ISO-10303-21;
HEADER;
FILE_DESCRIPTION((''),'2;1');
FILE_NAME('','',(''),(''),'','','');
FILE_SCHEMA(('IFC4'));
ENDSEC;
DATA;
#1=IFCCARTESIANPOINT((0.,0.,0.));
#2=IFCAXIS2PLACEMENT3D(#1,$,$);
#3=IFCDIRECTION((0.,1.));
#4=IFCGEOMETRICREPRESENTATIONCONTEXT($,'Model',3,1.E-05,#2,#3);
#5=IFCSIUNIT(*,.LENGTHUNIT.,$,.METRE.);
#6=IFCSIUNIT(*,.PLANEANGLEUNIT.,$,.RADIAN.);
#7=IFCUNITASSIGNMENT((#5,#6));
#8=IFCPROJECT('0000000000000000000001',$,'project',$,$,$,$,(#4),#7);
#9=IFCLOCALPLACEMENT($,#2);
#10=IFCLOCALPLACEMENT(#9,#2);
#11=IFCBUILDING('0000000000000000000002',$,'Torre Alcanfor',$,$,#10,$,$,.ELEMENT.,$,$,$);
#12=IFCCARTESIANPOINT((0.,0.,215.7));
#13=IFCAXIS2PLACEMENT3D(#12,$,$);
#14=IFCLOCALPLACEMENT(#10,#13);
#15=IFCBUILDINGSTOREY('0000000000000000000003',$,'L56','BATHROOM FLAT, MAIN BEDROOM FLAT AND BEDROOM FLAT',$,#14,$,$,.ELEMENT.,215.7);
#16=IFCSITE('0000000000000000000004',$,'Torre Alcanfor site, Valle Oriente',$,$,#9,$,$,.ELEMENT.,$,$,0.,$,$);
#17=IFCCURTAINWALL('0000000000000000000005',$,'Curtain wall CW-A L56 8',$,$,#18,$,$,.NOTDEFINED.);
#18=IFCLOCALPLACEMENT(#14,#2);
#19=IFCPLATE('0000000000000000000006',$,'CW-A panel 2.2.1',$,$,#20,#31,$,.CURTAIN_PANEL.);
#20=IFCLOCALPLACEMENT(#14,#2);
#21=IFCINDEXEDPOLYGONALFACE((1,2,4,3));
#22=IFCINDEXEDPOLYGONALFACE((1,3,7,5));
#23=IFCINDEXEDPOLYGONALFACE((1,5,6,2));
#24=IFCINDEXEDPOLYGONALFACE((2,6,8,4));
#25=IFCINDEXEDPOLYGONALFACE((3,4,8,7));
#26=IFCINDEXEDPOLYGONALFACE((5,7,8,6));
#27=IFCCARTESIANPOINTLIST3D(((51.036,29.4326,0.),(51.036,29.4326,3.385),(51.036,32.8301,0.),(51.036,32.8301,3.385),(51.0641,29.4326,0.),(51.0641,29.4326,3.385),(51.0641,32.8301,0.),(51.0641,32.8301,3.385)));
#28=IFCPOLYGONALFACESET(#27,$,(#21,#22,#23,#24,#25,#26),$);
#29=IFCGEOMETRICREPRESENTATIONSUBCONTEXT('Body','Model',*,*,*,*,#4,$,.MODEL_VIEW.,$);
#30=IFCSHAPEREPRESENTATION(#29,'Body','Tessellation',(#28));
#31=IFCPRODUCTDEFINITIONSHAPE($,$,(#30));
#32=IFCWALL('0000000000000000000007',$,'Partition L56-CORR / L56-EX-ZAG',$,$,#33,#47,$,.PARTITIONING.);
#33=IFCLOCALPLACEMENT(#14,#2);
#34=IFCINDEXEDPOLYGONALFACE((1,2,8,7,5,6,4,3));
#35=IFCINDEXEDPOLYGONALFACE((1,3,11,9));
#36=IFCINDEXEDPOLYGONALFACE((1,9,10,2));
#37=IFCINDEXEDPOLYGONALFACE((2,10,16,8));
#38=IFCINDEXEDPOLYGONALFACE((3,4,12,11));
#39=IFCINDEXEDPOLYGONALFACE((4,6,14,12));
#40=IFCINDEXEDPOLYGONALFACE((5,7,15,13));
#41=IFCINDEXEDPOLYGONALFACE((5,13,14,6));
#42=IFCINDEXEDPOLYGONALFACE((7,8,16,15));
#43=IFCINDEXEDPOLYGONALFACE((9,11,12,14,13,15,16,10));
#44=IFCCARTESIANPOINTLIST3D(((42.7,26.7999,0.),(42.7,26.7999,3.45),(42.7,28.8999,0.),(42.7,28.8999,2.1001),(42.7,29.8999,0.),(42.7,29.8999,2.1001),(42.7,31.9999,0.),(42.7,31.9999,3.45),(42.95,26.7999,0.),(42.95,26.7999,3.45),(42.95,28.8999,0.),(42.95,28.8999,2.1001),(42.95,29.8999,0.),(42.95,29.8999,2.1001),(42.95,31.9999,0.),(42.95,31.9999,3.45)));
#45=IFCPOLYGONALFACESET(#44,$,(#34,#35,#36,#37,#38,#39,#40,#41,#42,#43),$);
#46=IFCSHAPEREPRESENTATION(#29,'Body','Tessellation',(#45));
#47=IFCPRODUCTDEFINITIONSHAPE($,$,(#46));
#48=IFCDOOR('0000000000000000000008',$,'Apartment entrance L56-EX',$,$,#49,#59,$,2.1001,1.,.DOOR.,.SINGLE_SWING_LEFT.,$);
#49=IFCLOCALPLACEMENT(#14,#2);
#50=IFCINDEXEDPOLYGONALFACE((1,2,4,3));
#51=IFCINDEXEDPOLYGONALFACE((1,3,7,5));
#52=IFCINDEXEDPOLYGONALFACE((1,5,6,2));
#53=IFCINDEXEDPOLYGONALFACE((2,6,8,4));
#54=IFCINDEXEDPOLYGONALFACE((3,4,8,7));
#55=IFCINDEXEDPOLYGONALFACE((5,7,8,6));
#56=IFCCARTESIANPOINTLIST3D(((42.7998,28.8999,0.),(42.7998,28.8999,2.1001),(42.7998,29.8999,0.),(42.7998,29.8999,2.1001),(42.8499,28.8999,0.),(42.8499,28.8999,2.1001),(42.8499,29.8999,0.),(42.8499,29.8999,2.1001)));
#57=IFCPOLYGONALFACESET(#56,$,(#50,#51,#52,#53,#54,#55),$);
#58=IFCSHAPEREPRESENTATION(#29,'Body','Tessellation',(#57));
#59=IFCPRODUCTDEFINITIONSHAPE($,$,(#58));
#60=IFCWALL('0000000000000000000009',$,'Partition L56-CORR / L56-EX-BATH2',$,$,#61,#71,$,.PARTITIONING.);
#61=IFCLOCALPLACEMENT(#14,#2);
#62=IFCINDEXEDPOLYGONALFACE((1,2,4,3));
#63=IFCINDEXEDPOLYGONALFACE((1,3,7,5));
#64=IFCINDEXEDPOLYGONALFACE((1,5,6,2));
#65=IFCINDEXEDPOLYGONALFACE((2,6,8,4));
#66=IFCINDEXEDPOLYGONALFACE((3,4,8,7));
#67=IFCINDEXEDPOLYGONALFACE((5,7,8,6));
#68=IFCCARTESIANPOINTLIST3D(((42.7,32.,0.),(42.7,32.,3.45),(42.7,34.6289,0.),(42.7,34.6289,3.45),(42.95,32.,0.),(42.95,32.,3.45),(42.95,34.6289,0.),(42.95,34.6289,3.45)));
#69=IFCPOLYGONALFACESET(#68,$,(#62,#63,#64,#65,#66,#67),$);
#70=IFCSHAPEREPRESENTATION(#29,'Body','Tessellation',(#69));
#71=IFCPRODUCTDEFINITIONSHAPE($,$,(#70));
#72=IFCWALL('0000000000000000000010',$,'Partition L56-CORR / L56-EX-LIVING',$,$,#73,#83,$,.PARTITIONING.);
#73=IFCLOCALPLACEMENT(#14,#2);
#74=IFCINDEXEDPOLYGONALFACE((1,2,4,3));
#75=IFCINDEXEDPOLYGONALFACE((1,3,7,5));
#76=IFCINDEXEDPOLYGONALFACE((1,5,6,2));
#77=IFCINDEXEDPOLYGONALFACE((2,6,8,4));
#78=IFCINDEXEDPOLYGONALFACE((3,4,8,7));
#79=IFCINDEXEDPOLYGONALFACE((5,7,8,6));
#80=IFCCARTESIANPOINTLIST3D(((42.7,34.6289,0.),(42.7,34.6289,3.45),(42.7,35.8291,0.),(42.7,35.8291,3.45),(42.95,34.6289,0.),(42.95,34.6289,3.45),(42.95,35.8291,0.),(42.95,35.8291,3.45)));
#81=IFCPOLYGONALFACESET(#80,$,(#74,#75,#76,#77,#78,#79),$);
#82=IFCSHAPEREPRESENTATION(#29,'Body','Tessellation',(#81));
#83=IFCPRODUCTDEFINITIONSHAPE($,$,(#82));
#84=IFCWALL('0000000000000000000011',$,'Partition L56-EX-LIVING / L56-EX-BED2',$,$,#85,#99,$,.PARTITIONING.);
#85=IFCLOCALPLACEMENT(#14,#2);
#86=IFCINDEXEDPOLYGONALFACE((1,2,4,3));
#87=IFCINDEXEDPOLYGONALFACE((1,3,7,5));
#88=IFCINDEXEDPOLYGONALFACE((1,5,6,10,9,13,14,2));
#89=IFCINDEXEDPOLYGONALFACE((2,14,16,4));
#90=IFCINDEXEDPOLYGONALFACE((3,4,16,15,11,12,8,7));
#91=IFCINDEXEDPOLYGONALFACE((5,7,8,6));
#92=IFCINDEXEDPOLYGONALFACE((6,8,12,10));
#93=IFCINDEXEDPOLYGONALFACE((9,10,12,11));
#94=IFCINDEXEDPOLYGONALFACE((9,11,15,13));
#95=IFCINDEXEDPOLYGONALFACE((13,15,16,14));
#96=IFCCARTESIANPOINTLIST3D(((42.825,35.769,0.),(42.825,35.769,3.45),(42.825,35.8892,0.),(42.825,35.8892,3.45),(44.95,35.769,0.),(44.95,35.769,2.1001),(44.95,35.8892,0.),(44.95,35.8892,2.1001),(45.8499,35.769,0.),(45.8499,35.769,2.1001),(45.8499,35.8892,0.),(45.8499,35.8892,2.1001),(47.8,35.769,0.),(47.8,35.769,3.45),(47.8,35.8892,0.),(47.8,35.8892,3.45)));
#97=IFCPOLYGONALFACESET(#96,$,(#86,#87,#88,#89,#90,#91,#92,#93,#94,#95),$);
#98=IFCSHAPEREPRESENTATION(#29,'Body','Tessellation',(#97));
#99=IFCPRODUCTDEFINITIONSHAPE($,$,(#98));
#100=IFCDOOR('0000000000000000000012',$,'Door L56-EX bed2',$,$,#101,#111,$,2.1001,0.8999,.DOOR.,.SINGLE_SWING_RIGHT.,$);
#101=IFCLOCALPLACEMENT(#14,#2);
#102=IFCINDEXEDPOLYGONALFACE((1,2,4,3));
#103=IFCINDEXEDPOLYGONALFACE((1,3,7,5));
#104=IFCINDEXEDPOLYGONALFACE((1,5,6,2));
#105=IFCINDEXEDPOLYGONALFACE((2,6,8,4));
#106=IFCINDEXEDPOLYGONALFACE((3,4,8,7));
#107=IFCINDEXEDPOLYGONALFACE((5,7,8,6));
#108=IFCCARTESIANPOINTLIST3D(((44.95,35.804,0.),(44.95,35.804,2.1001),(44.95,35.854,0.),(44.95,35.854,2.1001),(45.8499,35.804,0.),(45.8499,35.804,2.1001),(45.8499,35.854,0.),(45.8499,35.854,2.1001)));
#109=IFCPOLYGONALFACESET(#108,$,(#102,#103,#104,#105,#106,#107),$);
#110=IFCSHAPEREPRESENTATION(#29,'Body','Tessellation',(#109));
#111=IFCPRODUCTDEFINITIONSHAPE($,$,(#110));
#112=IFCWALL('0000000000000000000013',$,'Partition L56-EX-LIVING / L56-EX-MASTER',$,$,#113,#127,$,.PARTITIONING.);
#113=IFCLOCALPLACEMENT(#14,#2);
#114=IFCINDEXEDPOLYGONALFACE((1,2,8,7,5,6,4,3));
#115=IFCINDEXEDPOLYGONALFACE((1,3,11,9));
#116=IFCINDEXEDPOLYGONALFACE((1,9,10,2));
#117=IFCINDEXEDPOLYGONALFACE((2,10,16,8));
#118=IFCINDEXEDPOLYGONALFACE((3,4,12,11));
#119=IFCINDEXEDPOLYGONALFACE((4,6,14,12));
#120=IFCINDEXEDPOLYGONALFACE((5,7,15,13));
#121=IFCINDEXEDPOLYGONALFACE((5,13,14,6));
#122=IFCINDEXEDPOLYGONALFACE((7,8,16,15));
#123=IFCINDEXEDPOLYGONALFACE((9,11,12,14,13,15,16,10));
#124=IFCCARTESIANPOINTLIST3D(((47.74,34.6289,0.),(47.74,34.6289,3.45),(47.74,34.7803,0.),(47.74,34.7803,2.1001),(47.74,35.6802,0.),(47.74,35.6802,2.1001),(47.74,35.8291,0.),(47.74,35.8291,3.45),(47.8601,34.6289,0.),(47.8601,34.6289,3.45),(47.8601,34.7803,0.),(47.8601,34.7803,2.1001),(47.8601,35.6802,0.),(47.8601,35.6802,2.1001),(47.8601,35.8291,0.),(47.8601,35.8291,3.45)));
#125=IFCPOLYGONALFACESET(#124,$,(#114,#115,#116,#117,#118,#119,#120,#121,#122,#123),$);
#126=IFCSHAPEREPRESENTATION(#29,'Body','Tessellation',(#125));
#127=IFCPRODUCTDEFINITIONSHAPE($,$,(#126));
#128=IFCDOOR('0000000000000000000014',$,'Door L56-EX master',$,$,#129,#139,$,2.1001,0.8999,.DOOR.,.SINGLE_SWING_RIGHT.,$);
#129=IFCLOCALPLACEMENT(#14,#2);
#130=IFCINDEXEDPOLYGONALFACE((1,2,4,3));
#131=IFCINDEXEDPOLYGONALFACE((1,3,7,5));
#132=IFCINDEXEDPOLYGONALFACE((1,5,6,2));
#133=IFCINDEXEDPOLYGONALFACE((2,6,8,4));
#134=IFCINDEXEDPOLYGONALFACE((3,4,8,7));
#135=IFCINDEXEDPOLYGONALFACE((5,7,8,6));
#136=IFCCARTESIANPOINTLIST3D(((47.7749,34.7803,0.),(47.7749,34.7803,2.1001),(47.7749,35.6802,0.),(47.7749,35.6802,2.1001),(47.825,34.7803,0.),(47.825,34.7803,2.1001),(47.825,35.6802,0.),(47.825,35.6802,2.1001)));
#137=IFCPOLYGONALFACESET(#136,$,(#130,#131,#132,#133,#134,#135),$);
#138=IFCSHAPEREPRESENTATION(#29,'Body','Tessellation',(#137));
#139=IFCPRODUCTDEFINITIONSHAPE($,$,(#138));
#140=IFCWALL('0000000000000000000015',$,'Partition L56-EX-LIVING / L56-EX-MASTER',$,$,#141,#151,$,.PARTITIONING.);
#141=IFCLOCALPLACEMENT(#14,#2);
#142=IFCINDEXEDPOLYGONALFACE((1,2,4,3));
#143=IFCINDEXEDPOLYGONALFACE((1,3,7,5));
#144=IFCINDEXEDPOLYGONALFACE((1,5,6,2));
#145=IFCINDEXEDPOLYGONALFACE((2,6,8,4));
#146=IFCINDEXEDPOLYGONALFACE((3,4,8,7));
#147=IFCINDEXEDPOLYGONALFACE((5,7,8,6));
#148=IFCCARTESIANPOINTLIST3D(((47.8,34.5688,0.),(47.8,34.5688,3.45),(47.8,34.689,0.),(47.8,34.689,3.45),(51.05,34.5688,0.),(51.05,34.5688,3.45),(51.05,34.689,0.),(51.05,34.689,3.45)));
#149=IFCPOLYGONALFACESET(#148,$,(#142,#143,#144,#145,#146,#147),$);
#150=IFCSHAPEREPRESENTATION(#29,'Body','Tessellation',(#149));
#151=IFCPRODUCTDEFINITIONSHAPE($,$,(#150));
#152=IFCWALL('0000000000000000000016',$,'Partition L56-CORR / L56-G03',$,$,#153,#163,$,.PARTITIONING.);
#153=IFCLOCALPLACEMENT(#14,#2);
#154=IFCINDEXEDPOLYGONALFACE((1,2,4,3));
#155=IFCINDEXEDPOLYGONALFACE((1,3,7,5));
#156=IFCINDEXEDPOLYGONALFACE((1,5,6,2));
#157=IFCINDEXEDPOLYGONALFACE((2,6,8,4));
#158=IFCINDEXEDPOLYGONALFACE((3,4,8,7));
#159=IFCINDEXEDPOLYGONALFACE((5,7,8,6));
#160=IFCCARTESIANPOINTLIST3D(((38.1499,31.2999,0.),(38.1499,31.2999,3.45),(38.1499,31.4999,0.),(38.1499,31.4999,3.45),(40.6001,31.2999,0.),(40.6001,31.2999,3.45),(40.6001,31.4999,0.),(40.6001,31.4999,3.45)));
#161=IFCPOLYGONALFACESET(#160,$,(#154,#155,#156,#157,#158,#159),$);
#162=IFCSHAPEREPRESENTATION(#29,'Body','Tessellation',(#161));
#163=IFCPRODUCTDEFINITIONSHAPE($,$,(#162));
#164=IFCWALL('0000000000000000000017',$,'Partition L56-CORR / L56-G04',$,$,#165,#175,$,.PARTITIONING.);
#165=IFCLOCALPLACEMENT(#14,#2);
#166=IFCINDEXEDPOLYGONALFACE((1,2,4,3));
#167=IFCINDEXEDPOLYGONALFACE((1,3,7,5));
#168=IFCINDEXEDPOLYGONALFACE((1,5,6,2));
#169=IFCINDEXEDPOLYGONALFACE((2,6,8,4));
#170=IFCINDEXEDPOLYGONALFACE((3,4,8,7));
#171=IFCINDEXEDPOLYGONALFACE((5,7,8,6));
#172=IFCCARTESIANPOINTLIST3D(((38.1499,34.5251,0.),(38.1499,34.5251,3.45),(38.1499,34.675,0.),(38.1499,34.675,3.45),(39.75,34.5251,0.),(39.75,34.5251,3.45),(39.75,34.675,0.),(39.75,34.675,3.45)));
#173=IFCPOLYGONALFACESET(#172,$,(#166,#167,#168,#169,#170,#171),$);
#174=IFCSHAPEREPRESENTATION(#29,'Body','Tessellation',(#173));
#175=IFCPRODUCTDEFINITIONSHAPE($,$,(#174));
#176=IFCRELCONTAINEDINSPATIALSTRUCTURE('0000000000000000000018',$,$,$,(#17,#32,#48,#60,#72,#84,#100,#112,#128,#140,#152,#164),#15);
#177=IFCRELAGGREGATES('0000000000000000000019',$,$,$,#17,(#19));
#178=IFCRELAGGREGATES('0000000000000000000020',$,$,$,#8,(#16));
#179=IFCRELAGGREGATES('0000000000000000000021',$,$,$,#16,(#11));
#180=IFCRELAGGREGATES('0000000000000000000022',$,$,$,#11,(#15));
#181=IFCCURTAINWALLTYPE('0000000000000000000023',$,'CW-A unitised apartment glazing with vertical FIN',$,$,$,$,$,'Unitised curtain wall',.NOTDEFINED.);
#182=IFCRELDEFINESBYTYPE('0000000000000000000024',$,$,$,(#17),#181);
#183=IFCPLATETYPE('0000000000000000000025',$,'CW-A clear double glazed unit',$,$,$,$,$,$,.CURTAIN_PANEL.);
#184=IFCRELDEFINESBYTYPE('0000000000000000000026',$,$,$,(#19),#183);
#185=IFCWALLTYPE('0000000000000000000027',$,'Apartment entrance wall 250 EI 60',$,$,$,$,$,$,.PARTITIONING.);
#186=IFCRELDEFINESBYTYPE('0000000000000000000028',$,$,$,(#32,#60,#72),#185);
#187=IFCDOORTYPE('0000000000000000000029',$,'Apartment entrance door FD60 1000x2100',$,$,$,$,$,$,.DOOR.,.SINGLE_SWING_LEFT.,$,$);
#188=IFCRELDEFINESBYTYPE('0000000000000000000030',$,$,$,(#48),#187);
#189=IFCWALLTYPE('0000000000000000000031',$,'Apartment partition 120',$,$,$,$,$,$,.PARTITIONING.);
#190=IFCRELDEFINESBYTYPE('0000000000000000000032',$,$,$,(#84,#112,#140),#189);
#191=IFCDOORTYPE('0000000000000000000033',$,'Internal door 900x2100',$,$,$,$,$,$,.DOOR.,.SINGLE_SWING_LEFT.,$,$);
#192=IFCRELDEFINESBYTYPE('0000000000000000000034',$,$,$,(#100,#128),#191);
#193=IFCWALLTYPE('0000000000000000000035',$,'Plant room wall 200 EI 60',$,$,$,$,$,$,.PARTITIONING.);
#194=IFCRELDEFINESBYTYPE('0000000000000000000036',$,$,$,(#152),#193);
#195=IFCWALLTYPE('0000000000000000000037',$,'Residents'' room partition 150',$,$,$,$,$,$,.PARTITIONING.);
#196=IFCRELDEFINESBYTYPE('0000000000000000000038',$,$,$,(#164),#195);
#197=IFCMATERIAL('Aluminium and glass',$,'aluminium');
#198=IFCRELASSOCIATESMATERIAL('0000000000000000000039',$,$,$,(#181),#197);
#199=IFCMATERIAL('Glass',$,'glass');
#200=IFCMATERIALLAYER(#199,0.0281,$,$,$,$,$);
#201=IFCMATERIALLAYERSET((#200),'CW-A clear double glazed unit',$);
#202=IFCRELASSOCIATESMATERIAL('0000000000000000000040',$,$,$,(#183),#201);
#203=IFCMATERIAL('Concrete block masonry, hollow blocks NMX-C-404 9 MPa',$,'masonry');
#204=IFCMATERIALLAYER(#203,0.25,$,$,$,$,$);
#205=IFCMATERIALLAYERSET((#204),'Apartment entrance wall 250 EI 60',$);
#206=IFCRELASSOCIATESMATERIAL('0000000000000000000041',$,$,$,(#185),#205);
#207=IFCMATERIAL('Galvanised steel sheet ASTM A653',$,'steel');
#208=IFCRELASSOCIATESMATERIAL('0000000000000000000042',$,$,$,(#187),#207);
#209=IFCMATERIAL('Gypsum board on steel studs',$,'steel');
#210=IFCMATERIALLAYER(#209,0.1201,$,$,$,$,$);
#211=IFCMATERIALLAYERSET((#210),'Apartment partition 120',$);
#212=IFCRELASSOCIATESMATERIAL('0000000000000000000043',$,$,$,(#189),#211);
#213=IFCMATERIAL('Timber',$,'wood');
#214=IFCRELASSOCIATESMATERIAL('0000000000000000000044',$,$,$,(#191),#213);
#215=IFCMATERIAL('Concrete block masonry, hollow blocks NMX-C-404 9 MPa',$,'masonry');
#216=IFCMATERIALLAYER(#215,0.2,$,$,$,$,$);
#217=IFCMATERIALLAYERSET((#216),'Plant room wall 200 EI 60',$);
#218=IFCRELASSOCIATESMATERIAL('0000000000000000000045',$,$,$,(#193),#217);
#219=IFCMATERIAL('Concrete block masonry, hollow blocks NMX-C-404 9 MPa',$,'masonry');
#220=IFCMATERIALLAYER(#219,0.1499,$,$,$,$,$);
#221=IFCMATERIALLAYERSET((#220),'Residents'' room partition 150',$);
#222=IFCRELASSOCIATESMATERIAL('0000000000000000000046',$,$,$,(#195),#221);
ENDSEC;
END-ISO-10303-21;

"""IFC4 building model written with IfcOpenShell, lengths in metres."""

from ifc_helpers import new_model, si_unit, direction, frame, frame_2d, origin, origin_2d, place, context, subcontext, project, spatial, rectangle, extrude, material, layer, layer_set, type_object, element, fill, aggregate, save


model = new_model("IFC4")

# Units and contexts
model_context = context("Model", 3, precision=1e-05, world=origin(), true_north=direction((0.0, 1.0)))
body_context = subcontext(model_context, "Body", "Model", "MODEL_VIEW")
ifc_project = project(units=[si_unit("LENGTHUNIT", "METRE"), si_unit("PLANEANGLEUNIT", "RADIAN")], contexts=[model_context])

# Site, building, storey
site_placement = place(None, origin())
site = spatial("IfcSite", under=ifc_project, at=site_placement, Name="Torre Alcanfor site, Valle Oriente", CompositionType="ELEMENT", RefElevation=0.0)
building_placement = place(site_placement, origin())
building = spatial("IfcBuilding", under=site, at=building_placement, Name="Torre Alcanfor", CompositionType="ELEMENT")
storey_placement = place(building_placement, frame((0.0, 0.0, 215.7)))
storey = spatial("IfcBuildingStorey", under=building, at=storey_placement, Name="L56", Description="BATHROOM FLAT, MAIN BEDROOM FLAT AND BEDROOM FLAT", CompositionType="ELEMENT", Elevation=215.7)

# Curtain wall
ifc_material_1 = material(Name="Aluminium and glass", Category="aluminium")
curtain_wall_type = type_object("IfcCurtainWallType", Name="CW-A unitised apartment glazing with vertical FIN", ElementType="Unitised curtain wall", PredefinedType="NOTDEFINED", material=ifc_material_1)
curtain_wall_placement = place(storey_placement, origin())
curtain_wall = element("IfcCurtainWall", 1, at=curtain_wall_placement, inside=storey, type_object=curtain_wall_type, Name="Curtain wall CW-A L56 8", PredefinedType="NOTDEFINED")

# Plate
ifc_material_2 = material(Name="Glass", Category="glass")
ifc_layer_1 = layer(ifc_material_2, 0.0281)
ifc_layer_set_1 = layer_set([ifc_layer_1], Name="CW-A clear double glazed unit")
plate_type = type_object("IfcPlateType", Name="CW-A clear double glazed unit", PredefinedType="CURTAIN_PANEL", material=ifc_layer_set_1)
plate_placement = place(storey_placement, frame((51.05, 31.1313, 0.0), z_axis=(0.0, 0.0, 1.0), x_axis=(0.0, 1.0, 0.0)))
plate = element("IfcPlate", 2, at=plate_placement, type_object=plate_type, Name="CW-A panel 2.2.1", PredefinedType="CURTAIN_PANEL", context=body_context, shape_type="SweptSolid", body=[
    extrude(rectangle(XDim=3.3975, YDim=0.0281, at=origin_2d()), origin(), (0.0, 0.0, 1.0), 3.385),
])
aggregate(curtain_wall, [plate])

# Wall, opening, door
ifc_material_3 = material(Name="Concrete block masonry, hollow blocks NMX-C-404 9 MPa", Category="masonry")
ifc_layer_2 = layer(ifc_material_3, 0.25)
ifc_layer_set_2 = layer_set([ifc_layer_2], Name="Apartment entrance wall 250 EI 60")
wall_type_1 = type_object("IfcWallType", Name="Apartment entrance wall 250 EI 60", PredefinedType="PARTITIONING", material=ifc_layer_set_2)
wall_1_placement = place(storey_placement, frame((42.825, 32.0, 0.0), z_axis=(0.0, 0.0, 1.0), x_axis=(0.0, -1.0, 0.0)))
wall_1 = element("IfcWall", 3, at=wall_1_placement, inside=storey, type_object=wall_type_1, Name="Partition L56-CORR / L56-EX-ZAG", PredefinedType="PARTITIONING", context=body_context, shape_type="SweptSolid", body=[
    extrude(rectangle(XDim=5.2, YDim=0.25, at=frame_2d((2.6001, 0.0))), origin(), (0.0, 0.0, 1.0), 3.45),
])
opening_1_placement = place(wall_1_placement, frame((2.1001, 0.0, 0.0)))
opening_1 = element("IfcOpeningElement", 4, at=opening_1_placement, cuts=wall_1, PredefinedType="OPENING", context=body_context, shape_type="SweptSolid", body=[
    extrude(rectangle(XDim=1.0, YDim=2.1001, at=frame_2d((0.5, 1.05))), frame((0.0, 0.135, 0.0), z_axis=(0.0, -1.0, 0.0), x_axis=(1.0, 0.0, 0.0)), (0.0, 0.0, 1.0), 0.27),
])
ifc_material_4 = material(Name="Galvanised steel sheet ASTM A653", Category="steel")
door_type_1 = type_object("IfcDoorType", Name="Apartment entrance door FD60 1000x2100", OperationType="SINGLE_SWING_LEFT", PredefinedType="DOOR", material=ifc_material_4)
door_1_placement = place(opening_1_placement, origin())
door_1 = element("IfcDoor", 5, at=door_1_placement, inside=storey, type_object=door_type_1, Name="Apartment entrance L56-EX", OperationType="SINGLE_SWING_LEFT", OverallHeight=2.1001, OverallWidth=1.0, PredefinedType="DOOR", context=body_context, shape_type="SweptSolid", body=[
    extrude(rectangle(XDim=1.0, YDim=2.1001, at=frame_2d((0.5, 1.05))), frame((0.0, 0.0249, 0.0), z_axis=(0.0, -1.0, 0.0), x_axis=(1.0, 0.0, 0.0)), (0.0, 0.0, 1.0), 0.05),
])
fill(opening_1, door_1)

# Walls
wall_2_placement = place(storey_placement, frame((42.825, 34.6289, 0.0), z_axis=(0.0, 0.0, 1.0), x_axis=(0.0, -1.0, 0.0)))
element("IfcWall", 6, at=wall_2_placement, inside=storey, type_object=wall_type_1, Name="Partition L56-CORR / L56-EX-BATH2", PredefinedType="PARTITIONING", context=body_context, shape_type="SweptSolid", body=[
    extrude(rectangle(XDim=2.6289, YDim=0.25, at=frame_2d((1.3145, 0.0))), origin(), (0.0, 0.0, 1.0), 3.45),
])
wall_3_placement = place(storey_placement, frame((42.825, 35.8291, 0.0), z_axis=(0.0, 0.0, 1.0), x_axis=(0.0, -1.0, 0.0)))
element("IfcWall", 7, at=wall_3_placement, inside=storey, type_object=wall_type_1, Name="Partition L56-CORR / L56-EX-LIVING", PredefinedType="PARTITIONING", context=body_context, shape_type="SweptSolid", body=[
    extrude(rectangle(XDim=1.2002, YDim=0.25, at=frame_2d((0.6001, 0.0))), origin(), (0.0, 0.0, 1.0), 3.45),
])

# Walls, openings, doors
ifc_material_5 = material(Name="Gypsum board on steel studs", Category="steel")
ifc_layer_3 = layer(ifc_material_5, 0.1201)
ifc_layer_set_3 = layer_set([ifc_layer_3], Name="Apartment partition 120")
wall_type_2 = type_object("IfcWallType", Name="Apartment partition 120", PredefinedType="PARTITIONING", material=ifc_layer_set_3)
wall_4_placement = place(storey_placement, frame((42.825, 35.8291, 0.0), z_axis=(0.0, 0.0, 1.0), x_axis=(1.0, 0.0, 0.0)))
wall_4 = element("IfcWall", 8, at=wall_4_placement, inside=storey, type_object=wall_type_2, Name="Partition L56-EX-LIVING / L56-EX-BED2", PredefinedType="PARTITIONING", context=body_context, shape_type="SweptSolid", body=[
    extrude(rectangle(XDim=4.9751, YDim=0.1201, at=frame_2d((2.4875, 0.0))), origin(), (0.0, 0.0, 1.0), 3.45),
])
opening_2_placement = place(wall_4_placement, frame((2.125, 0.0, 0.0)))
opening_2 = element("IfcOpeningElement", 9, at=opening_2_placement, cuts=wall_4, PredefinedType="OPENING", context=body_context, shape_type="SweptSolid", body=[
    extrude(rectangle(XDim=0.8999, YDim=2.1001, at=frame_2d((0.45, 1.05))), frame((0.0, 0.0701, 0.0), z_axis=(0.0, -1.0, 0.0), x_axis=(1.0, 0.0, 0.0)), (0.0, 0.0, 1.0), 0.1401),
])
ifc_material_6 = material(Name="Timber", Category="wood")
door_type_2 = type_object("IfcDoorType", Name="Internal door 900x2100", OperationType="SINGLE_SWING_LEFT", PredefinedType="DOOR", material=ifc_material_6)
door_2_placement = place(opening_2_placement, origin())
door_2 = element("IfcDoor", 10, at=door_2_placement, inside=storey, type_object=door_type_2, Name="Door L56-EX bed2", OperationType="SINGLE_SWING_RIGHT", OverallHeight=2.1001, OverallWidth=0.8999, PredefinedType="DOOR", context=body_context, shape_type="SweptSolid", body=[
    extrude(rectangle(XDim=0.8999, YDim=2.1001, at=frame_2d((0.45, 1.05))), frame((0.0, 0.0249, 0.0), z_axis=(0.0, -1.0, 0.0), x_axis=(1.0, 0.0, 0.0)), (0.0, 0.0, 1.0), 0.05),
])
fill(opening_2, door_2)
wall_5_placement = place(storey_placement, frame((47.8, 35.8291, 0.0), z_axis=(0.0, 0.0, 1.0), x_axis=(0.0, -1.0, 0.0)))
wall_5 = element("IfcWall", 11, at=wall_5_placement, inside=storey, type_object=wall_type_2, Name="Partition L56-EX-LIVING / L56-EX-MASTER", PredefinedType="PARTITIONING", context=body_context, shape_type="SweptSolid", body=[
    extrude(rectangle(XDim=1.2002, YDim=0.1201, at=frame_2d((0.6001, 0.0))), origin(), (0.0, 0.0, 1.0), 3.45),
])
opening_3_placement = place(wall_5_placement, frame((0.1489, 0.0, 0.0)))
opening_3 = element("IfcOpeningElement", 12, at=opening_3_placement, cuts=wall_5, PredefinedType="OPENING", context=body_context, shape_type="SweptSolid", body=[
    extrude(rectangle(XDim=0.8999, YDim=2.1001, at=frame_2d((0.45, 1.05))), frame((0.0, 0.0701, 0.0), z_axis=(0.0, -1.0, 0.0), x_axis=(1.0, 0.0, 0.0)), (0.0, 0.0, 1.0), 0.1401),
])
door_3_placement = place(opening_3_placement, origin())
door_3 = element("IfcDoor", 13, at=door_3_placement, inside=storey, type_object=door_type_2, Name="Door L56-EX master", OperationType="SINGLE_SWING_RIGHT", OverallHeight=2.1001, OverallWidth=0.8999, PredefinedType="DOOR", context=body_context, shape_type="SweptSolid", body=[
    extrude(rectangle(XDim=0.8999, YDim=2.1001, at=frame_2d((0.45, 1.05))), frame((0.0, 0.0249, 0.0), z_axis=(0.0, -1.0, 0.0), x_axis=(1.0, 0.0, 0.0)), (0.0, 0.0, 1.0), 0.05),
])
fill(opening_3, door_3)

# Walls
wall_6_placement = place(storey_placement, frame((47.8, 34.6289, 0.0), z_axis=(0.0, 0.0, 1.0), x_axis=(1.0, 0.0, 0.0)))
element("IfcWall", 14, at=wall_6_placement, inside=storey, type_object=wall_type_2, Name="Partition L56-EX-LIVING / L56-EX-MASTER", PredefinedType="PARTITIONING", context=body_context, shape_type="SweptSolid", body=[
    extrude(rectangle(XDim=3.25, YDim=0.1201, at=frame_2d((1.625, 0.0))), origin(), (0.0, 0.0, 1.0), 3.45),
])
ifc_material_7 = material(Name="Concrete block masonry, hollow blocks NMX-C-404 9 MPa", Category="masonry")
ifc_layer_4 = layer(ifc_material_7, 0.2)
ifc_layer_set_4 = layer_set([ifc_layer_4], Name="Plant room wall 200 EI 60")
wall_type_3 = type_object("IfcWallType", Name="Plant room wall 200 EI 60", PredefinedType="PARTITIONING", material=ifc_layer_set_4)
wall_7_placement = place(storey_placement, frame((40.6001, 31.3999, 0.0), z_axis=(0.0, 0.0, 1.0), x_axis=(-1.0, 0.0, 0.0)))
element("IfcWall", 15, at=wall_7_placement, inside=storey, type_object=wall_type_3, Name="Partition L56-CORR / L56-G03", PredefinedType="PARTITIONING", context=body_context, shape_type="SweptSolid", body=[
    extrude(rectangle(XDim=2.4502, YDim=0.2, at=frame_2d((1.2251, 0.0))), origin(), (0.0, 0.0, 1.0), 3.45),
])
ifc_material_8 = material(Name="Concrete block masonry, hollow blocks NMX-C-404 9 MPa", Category="masonry")
ifc_layer_5 = layer(ifc_material_8, 0.1499)
ifc_layer_set_5 = layer_set([ifc_layer_5], Name="Residents' room partition 150")
wall_type_4 = type_object("IfcWallType", Name="Residents' room partition 150", PredefinedType="PARTITIONING", material=ifc_layer_set_5)
wall_8_placement = place(storey_placement, frame((38.1499, 34.6001, 0.0), z_axis=(0.0, 0.0, 1.0), x_axis=(1.0, 0.0, 0.0)))
element("IfcWall", 16, at=wall_8_placement, inside=storey, type_object=wall_type_4, Name="Partition L56-CORR / L56-G04", PredefinedType="PARTITIONING", context=body_context, shape_type="SweptSolid", body=[
    extrude(rectangle(XDim=1.6001, YDim=0.1499, at=frame_2d((0.8, 0.0))), origin(), (0.0, 0.0, 1.0), 3.45),
])

save(model, "model.ifc")
